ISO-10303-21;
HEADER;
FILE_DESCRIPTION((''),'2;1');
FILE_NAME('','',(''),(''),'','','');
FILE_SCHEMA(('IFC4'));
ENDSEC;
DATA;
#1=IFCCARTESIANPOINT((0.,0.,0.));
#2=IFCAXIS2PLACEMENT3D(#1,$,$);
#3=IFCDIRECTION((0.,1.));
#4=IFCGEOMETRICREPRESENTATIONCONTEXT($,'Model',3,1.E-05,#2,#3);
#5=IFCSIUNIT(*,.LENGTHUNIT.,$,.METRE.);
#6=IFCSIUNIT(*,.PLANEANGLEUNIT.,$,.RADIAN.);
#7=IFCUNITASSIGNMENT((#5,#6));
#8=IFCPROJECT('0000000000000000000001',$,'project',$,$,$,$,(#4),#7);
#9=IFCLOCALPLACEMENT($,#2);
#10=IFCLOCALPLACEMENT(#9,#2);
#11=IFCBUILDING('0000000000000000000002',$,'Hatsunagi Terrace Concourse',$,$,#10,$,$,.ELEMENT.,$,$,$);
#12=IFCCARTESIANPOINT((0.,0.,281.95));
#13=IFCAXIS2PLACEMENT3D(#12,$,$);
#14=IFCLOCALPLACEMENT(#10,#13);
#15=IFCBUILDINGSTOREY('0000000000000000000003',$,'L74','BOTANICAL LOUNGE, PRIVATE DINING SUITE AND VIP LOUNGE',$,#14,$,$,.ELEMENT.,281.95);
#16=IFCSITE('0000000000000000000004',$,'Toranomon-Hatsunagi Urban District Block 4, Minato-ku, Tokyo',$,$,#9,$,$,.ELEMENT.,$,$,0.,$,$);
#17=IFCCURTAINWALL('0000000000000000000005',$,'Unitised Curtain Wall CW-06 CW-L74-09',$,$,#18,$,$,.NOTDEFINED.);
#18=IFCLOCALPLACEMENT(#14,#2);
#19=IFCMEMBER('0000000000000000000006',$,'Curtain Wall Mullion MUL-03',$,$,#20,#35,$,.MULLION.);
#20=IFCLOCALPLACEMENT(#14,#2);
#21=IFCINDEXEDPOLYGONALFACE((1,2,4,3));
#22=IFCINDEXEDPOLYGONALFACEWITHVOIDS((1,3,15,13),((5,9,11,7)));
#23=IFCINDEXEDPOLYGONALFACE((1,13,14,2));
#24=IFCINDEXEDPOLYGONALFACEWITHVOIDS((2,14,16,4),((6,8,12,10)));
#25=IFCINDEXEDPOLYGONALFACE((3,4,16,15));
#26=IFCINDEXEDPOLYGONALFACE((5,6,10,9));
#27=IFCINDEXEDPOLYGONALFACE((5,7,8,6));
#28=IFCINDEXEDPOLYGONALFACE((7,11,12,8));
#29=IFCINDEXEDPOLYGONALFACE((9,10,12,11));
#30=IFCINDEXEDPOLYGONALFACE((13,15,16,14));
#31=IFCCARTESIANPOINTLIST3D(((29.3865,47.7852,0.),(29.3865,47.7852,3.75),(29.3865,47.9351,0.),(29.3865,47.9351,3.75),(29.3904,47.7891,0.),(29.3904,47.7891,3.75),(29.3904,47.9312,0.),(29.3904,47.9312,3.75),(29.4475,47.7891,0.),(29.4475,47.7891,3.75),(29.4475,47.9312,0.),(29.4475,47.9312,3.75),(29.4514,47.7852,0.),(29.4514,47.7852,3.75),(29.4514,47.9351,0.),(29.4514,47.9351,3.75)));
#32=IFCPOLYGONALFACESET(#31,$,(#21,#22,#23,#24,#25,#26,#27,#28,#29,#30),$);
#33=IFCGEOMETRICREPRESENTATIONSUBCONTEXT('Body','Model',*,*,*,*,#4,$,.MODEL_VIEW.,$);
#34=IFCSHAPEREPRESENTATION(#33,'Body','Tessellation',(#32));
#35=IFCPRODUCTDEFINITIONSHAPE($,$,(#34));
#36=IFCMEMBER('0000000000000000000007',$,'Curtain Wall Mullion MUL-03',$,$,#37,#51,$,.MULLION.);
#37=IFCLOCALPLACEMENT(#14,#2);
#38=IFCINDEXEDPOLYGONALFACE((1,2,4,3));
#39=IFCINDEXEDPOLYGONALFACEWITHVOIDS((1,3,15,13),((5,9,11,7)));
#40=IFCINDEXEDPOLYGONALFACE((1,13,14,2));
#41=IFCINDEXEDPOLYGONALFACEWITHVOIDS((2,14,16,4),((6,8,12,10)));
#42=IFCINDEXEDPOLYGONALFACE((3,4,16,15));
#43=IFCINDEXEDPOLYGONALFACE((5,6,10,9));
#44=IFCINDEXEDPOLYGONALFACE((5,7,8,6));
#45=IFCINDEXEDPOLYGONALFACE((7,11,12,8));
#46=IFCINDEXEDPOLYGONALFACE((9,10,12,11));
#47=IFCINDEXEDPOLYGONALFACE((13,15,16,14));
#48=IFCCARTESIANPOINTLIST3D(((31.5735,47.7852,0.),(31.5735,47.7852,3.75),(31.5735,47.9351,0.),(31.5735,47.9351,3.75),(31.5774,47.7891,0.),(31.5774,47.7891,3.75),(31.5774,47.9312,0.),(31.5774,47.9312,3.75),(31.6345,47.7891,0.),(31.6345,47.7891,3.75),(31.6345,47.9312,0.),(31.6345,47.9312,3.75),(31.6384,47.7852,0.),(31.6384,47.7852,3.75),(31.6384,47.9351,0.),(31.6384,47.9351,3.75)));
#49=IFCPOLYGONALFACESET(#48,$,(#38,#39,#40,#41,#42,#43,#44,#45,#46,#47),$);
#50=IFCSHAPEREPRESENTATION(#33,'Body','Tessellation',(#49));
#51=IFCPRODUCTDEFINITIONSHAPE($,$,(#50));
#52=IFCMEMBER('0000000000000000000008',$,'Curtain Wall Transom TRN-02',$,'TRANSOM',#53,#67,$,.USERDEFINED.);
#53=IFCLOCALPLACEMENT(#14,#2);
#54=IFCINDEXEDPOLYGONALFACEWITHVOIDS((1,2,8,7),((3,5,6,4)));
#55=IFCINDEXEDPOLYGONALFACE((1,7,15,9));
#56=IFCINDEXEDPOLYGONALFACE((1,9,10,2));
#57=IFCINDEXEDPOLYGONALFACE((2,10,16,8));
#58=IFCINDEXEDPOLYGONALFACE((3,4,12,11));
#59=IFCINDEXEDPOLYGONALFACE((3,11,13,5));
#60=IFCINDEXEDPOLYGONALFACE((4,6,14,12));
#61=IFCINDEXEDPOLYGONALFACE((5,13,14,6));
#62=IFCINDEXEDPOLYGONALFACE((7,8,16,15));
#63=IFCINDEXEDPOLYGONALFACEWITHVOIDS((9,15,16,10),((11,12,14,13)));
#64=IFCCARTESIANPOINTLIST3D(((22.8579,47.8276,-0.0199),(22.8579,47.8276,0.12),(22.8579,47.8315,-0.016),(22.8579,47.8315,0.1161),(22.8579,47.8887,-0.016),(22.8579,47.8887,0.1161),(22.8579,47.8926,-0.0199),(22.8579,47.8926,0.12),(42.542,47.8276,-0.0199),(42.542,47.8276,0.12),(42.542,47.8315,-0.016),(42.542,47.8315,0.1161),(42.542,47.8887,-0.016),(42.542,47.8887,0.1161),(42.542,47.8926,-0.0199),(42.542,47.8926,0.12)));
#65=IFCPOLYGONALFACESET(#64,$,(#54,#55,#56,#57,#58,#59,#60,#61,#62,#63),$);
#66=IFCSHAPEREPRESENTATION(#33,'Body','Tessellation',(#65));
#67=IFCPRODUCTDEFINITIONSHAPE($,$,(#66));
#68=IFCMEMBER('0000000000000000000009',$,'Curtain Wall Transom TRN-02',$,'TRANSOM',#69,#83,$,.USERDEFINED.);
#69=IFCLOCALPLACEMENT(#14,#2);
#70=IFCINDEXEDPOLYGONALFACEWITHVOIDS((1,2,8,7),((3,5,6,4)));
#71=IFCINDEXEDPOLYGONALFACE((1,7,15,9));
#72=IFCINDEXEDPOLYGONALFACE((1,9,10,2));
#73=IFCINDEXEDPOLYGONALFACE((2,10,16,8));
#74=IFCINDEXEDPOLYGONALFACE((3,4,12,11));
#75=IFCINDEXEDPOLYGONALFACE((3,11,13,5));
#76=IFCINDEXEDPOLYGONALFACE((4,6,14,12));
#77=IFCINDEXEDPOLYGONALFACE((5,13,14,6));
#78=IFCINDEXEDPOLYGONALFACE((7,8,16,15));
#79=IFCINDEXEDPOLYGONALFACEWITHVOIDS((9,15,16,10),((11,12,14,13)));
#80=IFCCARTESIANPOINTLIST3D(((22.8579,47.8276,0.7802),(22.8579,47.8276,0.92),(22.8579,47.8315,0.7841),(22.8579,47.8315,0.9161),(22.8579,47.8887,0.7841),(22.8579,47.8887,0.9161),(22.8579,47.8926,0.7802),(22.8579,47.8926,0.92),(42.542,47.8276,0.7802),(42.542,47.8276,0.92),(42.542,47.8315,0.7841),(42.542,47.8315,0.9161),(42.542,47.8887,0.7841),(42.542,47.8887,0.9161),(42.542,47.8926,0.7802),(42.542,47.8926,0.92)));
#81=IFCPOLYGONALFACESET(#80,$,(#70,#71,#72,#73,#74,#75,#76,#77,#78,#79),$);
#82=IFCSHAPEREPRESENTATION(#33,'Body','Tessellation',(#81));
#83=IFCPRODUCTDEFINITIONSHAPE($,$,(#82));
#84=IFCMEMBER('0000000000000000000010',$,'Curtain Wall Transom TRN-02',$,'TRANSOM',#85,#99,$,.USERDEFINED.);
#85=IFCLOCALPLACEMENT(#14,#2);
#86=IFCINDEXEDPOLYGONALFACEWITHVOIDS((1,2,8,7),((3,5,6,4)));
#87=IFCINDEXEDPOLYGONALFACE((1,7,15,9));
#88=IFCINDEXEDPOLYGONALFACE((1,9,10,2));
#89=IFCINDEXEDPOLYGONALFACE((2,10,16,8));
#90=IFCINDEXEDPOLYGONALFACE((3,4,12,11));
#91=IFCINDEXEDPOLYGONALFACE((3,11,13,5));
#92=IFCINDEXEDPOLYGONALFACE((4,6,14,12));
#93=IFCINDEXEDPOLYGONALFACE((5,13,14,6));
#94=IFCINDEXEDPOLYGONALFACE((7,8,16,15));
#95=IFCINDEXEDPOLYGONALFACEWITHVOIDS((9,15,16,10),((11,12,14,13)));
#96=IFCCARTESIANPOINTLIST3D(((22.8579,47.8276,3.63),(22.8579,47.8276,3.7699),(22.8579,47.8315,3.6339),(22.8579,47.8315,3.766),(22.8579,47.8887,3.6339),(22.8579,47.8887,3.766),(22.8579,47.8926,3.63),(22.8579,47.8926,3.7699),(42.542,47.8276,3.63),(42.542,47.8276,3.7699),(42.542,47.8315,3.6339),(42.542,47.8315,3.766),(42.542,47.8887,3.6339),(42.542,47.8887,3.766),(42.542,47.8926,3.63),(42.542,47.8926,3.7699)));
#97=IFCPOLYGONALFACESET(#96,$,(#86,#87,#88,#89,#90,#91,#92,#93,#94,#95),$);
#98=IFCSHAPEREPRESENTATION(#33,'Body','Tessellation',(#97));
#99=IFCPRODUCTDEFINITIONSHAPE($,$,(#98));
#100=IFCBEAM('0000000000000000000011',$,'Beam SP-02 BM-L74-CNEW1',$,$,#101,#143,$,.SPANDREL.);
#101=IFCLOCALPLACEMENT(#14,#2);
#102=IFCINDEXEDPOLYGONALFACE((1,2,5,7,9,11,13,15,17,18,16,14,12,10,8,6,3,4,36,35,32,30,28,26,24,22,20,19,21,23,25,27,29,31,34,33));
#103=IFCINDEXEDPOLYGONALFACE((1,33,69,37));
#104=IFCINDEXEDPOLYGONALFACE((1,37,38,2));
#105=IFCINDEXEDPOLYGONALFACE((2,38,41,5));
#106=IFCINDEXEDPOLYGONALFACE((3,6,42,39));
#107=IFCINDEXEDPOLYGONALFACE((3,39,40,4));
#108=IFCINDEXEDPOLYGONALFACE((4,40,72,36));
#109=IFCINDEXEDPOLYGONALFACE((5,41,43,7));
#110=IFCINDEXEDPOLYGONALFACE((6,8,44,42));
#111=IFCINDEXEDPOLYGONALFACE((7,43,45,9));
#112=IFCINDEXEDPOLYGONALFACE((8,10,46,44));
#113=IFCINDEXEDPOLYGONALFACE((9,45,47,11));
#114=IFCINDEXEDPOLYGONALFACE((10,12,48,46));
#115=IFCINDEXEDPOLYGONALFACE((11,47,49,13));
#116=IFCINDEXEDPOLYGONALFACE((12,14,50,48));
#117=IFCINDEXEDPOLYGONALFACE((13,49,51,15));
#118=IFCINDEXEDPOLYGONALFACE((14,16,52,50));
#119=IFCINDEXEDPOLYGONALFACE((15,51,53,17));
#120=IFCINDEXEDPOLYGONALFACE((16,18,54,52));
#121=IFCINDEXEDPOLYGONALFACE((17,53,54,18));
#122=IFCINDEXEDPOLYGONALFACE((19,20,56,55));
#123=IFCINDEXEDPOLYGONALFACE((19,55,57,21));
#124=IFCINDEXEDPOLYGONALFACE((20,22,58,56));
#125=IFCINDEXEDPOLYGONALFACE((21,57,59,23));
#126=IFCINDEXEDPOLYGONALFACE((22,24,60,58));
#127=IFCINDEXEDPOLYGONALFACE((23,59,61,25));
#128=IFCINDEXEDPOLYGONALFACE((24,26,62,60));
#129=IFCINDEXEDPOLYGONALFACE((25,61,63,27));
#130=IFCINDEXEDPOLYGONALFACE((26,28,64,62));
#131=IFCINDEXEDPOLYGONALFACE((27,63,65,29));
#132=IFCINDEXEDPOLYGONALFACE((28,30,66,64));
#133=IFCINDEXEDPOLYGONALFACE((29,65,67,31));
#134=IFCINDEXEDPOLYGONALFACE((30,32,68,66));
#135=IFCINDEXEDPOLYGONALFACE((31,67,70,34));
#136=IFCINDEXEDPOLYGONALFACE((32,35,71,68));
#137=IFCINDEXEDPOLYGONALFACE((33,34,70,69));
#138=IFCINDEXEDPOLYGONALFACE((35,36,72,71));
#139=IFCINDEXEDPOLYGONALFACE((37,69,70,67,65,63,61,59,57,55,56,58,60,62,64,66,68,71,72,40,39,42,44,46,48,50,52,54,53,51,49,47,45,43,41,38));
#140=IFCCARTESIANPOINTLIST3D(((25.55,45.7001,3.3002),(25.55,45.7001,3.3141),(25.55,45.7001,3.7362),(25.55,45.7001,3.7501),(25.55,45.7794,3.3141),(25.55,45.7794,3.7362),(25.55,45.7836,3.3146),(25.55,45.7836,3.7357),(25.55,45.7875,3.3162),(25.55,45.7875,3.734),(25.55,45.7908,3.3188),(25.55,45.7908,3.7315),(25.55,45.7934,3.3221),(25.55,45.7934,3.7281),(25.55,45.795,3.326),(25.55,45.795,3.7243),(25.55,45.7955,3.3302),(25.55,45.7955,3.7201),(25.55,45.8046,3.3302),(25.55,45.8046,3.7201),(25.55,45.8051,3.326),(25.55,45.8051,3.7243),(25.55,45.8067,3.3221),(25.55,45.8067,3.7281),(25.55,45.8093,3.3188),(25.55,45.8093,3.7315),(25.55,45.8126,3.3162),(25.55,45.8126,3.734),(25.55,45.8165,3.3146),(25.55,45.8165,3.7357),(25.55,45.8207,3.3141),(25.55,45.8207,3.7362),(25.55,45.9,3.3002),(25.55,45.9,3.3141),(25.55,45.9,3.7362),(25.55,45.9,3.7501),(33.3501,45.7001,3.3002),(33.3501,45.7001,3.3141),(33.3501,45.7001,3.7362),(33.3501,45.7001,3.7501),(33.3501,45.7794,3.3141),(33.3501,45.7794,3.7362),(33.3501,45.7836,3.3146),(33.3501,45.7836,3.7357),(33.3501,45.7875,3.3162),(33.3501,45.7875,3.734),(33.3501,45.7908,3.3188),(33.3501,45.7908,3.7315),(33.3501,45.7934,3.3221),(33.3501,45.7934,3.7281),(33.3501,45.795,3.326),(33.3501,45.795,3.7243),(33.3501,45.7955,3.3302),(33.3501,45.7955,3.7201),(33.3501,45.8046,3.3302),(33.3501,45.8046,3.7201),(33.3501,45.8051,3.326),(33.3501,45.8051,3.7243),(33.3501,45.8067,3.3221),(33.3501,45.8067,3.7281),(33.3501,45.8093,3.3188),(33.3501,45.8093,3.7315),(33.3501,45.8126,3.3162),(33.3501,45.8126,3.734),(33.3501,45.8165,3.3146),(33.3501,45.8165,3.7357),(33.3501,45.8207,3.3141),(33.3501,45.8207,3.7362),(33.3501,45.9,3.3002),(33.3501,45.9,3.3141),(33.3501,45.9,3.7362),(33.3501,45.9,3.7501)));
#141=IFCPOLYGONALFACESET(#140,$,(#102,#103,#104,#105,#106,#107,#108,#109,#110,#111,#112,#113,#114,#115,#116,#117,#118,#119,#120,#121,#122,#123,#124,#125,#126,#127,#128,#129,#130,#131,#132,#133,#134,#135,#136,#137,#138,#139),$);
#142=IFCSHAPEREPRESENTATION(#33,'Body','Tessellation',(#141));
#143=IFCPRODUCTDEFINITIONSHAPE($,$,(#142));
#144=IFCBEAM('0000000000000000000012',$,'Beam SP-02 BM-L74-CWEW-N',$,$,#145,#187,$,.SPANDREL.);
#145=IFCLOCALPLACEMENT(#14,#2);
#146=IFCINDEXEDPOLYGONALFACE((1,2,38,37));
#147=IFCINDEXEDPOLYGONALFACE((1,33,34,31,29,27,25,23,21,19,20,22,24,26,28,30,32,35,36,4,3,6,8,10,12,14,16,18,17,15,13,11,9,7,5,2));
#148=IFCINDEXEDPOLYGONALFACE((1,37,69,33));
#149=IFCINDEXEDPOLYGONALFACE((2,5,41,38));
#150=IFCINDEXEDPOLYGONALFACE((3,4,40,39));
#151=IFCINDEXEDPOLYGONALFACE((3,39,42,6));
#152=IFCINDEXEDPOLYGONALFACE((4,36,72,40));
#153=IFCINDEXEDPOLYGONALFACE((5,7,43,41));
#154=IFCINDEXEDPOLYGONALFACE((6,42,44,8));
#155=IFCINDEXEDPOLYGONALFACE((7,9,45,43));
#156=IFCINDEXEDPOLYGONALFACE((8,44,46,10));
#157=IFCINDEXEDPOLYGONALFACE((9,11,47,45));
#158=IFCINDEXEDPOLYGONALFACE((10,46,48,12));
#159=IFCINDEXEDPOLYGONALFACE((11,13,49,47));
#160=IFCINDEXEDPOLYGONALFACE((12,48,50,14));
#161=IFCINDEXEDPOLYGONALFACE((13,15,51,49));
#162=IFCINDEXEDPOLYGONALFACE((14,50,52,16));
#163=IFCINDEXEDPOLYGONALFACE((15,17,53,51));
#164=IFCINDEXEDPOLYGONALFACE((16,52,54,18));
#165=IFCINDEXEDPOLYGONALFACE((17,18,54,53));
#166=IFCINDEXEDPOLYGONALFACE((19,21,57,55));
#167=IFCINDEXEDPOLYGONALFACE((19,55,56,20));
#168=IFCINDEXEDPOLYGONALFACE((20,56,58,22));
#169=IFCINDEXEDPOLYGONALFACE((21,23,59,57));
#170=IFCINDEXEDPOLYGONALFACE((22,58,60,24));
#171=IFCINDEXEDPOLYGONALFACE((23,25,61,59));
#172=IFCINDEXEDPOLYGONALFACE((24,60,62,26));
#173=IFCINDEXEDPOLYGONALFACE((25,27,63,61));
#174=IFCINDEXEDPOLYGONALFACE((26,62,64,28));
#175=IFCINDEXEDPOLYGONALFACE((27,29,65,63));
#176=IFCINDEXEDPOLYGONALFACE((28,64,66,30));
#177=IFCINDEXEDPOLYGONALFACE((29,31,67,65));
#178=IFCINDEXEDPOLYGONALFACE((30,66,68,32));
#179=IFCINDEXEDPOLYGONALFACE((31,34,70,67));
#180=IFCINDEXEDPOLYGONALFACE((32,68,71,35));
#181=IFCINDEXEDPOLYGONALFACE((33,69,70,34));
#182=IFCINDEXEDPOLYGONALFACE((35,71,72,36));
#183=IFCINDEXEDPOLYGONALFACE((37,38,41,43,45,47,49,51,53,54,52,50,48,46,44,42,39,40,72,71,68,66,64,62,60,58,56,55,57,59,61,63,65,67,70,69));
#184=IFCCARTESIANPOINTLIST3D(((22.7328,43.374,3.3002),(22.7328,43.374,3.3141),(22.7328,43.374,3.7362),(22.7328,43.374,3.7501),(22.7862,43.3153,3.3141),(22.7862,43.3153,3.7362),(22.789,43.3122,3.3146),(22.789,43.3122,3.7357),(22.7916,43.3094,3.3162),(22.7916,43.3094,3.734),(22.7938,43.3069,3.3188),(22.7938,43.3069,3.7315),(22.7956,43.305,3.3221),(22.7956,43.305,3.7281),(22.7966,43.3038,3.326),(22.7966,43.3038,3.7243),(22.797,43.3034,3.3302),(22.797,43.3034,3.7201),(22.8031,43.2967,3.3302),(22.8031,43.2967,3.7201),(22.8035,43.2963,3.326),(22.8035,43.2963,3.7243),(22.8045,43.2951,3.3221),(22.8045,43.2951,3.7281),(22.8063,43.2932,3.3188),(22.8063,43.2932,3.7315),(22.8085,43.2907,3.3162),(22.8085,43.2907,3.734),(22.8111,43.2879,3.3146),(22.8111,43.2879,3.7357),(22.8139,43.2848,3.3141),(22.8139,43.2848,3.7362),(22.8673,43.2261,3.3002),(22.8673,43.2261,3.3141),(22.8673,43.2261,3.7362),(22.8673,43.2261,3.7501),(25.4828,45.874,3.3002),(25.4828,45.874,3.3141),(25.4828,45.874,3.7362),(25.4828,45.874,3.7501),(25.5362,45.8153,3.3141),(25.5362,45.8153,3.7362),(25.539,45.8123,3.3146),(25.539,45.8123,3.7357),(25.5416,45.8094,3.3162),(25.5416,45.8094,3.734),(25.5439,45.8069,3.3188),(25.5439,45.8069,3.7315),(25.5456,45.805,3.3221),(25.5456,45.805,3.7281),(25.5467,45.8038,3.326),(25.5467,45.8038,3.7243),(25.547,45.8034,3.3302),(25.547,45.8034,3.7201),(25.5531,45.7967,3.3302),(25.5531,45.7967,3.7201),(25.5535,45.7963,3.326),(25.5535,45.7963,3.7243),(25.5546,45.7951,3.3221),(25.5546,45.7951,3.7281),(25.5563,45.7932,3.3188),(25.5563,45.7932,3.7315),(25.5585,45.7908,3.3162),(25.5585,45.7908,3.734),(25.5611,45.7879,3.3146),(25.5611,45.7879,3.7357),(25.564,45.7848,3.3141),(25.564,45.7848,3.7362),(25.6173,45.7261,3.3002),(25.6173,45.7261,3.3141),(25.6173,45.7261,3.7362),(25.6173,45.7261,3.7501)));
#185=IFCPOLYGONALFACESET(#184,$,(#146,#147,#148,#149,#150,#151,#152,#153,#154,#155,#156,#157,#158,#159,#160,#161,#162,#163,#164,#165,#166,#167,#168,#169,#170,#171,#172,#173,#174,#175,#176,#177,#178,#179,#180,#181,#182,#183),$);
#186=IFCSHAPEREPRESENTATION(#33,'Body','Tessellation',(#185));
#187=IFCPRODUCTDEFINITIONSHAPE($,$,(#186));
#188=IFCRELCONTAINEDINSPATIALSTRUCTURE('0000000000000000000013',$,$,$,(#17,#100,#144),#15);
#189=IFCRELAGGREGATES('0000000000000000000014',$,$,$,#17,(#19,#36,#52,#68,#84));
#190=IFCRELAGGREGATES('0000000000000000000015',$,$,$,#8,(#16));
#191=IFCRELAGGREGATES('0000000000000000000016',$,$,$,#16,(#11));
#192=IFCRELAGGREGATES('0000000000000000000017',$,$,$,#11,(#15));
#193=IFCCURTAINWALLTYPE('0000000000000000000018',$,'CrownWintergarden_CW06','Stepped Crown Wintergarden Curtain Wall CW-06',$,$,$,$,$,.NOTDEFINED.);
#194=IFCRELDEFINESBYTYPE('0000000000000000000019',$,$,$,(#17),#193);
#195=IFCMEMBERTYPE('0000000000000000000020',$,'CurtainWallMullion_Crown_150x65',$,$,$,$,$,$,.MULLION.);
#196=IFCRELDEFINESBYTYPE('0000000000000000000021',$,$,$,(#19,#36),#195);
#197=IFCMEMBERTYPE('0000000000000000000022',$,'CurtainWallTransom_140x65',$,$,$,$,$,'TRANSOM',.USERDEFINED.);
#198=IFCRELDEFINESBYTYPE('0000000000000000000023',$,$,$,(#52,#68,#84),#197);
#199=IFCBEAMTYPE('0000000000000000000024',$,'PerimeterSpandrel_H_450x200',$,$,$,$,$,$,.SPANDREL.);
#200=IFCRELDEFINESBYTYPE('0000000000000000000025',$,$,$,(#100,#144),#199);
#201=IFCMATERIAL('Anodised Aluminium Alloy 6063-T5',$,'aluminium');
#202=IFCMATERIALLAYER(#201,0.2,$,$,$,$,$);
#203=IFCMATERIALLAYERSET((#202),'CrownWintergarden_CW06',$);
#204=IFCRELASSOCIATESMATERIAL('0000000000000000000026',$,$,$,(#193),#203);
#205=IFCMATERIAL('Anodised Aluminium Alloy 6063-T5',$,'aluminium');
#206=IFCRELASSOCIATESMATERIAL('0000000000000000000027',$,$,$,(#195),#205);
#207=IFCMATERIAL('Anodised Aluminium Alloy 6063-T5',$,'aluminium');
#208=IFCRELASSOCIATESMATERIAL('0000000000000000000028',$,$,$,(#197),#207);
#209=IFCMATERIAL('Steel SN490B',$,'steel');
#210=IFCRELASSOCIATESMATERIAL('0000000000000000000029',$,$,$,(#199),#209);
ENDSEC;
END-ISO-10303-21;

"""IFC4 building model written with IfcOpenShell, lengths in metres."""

from ifc_helpers import new_model, si_unit, direction, frame, origin, origin_2d, place, context, subcontext, project, spatial, hollow_rectangle, i_section, extrude, material, layer, layer_set, material_profile, profile_set, type_object, element, aggregate, save


model = new_model("IFC4")

# Units and contexts
model_context = context("Model", 3, precision=1e-05, world=origin(), true_north=direction((0.0, 1.0)))
body_context = subcontext(model_context, "Body", "Model", "MODEL_VIEW")
ifc_project = project(units=[si_unit("LENGTHUNIT", "METRE"), si_unit("PLANEANGLEUNIT", "RADIAN")], contexts=[model_context])

# Site, building, storey
site_placement = place(None, origin())
site = spatial("IfcSite", under=ifc_project, at=site_placement, Name="Toranomon-Hatsunagi Urban District Block 4, Minato-ku, Tokyo", CompositionType="ELEMENT", RefElevation=0.0)
building_placement = place(site_placement, origin())
building = spatial("IfcBuilding", under=site, at=building_placement, Name="Hatsunagi Terrace Concourse", CompositionType="ELEMENT")
storey_placement = place(building_placement, frame((0.0, 0.0, 281.95)))
storey = spatial("IfcBuildingStorey", under=building, at=storey_placement, Name="L74", Description="BOTANICAL LOUNGE, PRIVATE DINING SUITE AND VIP LOUNGE", CompositionType="ELEMENT", Elevation=281.95)

# Curtain wall, members
ifc_material_1 = material(Name="Anodised Aluminium Alloy 6063-T5", Category="aluminium")
ifc_layer_1 = layer(ifc_material_1, 0.2)
ifc_layer_set_1 = layer_set([ifc_layer_1], Name="CrownWintergarden_CW06")
curtain_wall_type = type_object("IfcCurtainWallType", Name="CrownWintergarden_CW06", Description="Stepped Crown Wintergarden Curtain Wall CW-06", PredefinedType="NOTDEFINED", material=ifc_layer_set_1)
ifc_material_2 = material(Name="Anodised Aluminium Alloy 6063-T5", Category="aluminium")
ifc_material_profile_1 = material_profile(ifc_material_2, hollow_rectangle(XDim=0.0649, YDim=0.1499, WallThickness=0.0039, at=origin_2d()), Name="ALU-MUL-150x65x4")
ifc_profile_set_1 = profile_set([ifc_material_profile_1], Name="Anodised Aluminium Alloy 6063-T5")
member_type_1 = type_object("IfcMemberType", Name="CurtainWallMullion_Crown_150x65", PredefinedType="MULLION", material=ifc_profile_set_1)
curtain_wall_1_placement = place(storey_placement, origin())
curtain_wall_1 = element("IfcCurtainWall", 1, at=curtain_wall_1_placement, inside=storey, type_object=curtain_wall_type, Name="Unitised Curtain Wall CW-06 CW-L74-09", PredefinedType="NOTDEFINED")
member_1_placement = place(storey_placement, frame((29.4189, 47.8601, 0.0), z_axis=(0.0, 0.0, 1.0), x_axis=(1.0, 0.0, 0.0)))
member_1 = element("IfcMember", 2, at=member_1_placement, type_object=member_type_1, Name="Curtain Wall Mullion MUL-03", PredefinedType="MULLION", context=body_context, shape_type="SweptSolid", body=[
    extrude(hollow_rectangle(XDim=0.0649, YDim=0.1499, WallThickness=0.0039, at=origin_2d()), origin(), (0.0, 0.0, 1.0), 3.75),
])
member_2_placement = place(storey_placement, frame((31.606, 47.8601, 0.0), z_axis=(0.0, 0.0, 1.0), x_axis=(1.0, 0.0, 0.0)))
member_2 = element("IfcMember", 3, at=member_2_placement, type_object=member_type_1, Name="Curtain Wall Mullion MUL-03", PredefinedType="MULLION", context=body_context, shape_type="SweptSolid", body=[
    extrude(hollow_rectangle(XDim=0.0649, YDim=0.1499, WallThickness=0.0039, at=origin_2d()), origin(), (0.0, 0.0, 1.0), 3.75),
])
ifc_material_3 = material(Name="Anodised Aluminium Alloy 6063-T5", Category="aluminium")
ifc_material_profile_2 = material_profile(ifc_material_3, hollow_rectangle(XDim=0.0649, YDim=0.1399, WallThickness=0.0039, at=origin_2d()), Name="ALU-TRN-140x65x4")
ifc_profile_set_2 = profile_set([ifc_material_profile_2], Name="Anodised Aluminium Alloy 6063-T5")
member_type_2 = type_object("IfcMemberType", Name="CurtainWallTransom_140x65", ElementType="TRANSOM", PredefinedType="USERDEFINED", material=ifc_profile_set_2)
member_3_placement = place(storey_placement, frame((22.8579, 47.8601, 0.05), z_axis=(1.0, 0.0, 0.0), x_axis=(0.0, 1.0, 0.0)))
member_3 = element("IfcMember", 4, at=member_3_placement, type_object=member_type_2, Name="Curtain Wall Transom TRN-02", ObjectType="TRANSOM", PredefinedType="USERDEFINED", context=body_context, shape_type="SweptSolid", body=[
    extrude(hollow_rectangle(XDim=0.0649, YDim=0.1399, WallThickness=0.0039, at=origin_2d()), origin(), (0.0, 0.0, 1.0), 19.6841),
])
member_4_placement = place(storey_placement, frame((22.8579, 47.8601, 0.8501), z_axis=(1.0, 0.0, 0.0), x_axis=(0.0, 1.0, 0.0)))
member_4 = element("IfcMember", 5, at=member_4_placement, type_object=member_type_2, Name="Curtain Wall Transom TRN-02", ObjectType="TRANSOM", PredefinedType="USERDEFINED", context=body_context, shape_type="SweptSolid", body=[
    extrude(hollow_rectangle(XDim=0.0649, YDim=0.1399, WallThickness=0.0039, at=origin_2d()), origin(), (0.0, 0.0, 1.0), 19.6841),
])
member_5_placement = place(storey_placement, frame((22.8579, 47.8601, 3.7), z_axis=(1.0, 0.0, 0.0), x_axis=(0.0, 1.0, 0.0)))
member_5 = element("IfcMember", 6, at=member_5_placement, type_object=member_type_2, Name="Curtain Wall Transom TRN-02", ObjectType="TRANSOM", PredefinedType="USERDEFINED", context=body_context, shape_type="SweptSolid", body=[
    extrude(hollow_rectangle(XDim=0.0649, YDim=0.1399, WallThickness=0.0039, at=origin_2d()), origin(), (0.0, 0.0, 1.0), 19.6841),
])

# Beams
ifc_material_4 = material(Name="Steel SN490B", Category="steel")
ifc_material_profile_3 = material_profile(ifc_material_4, i_section(OverallWidth=0.2, OverallDepth=0.45, WebThickness=0.009, FlangeThickness=0.0139, FilletRadius=0.0161, at=origin_2d()), Name="H-450x200x9x14")
ifc_profile_set_3 = profile_set([ifc_material_profile_3], Name="Steel SN490B")
beam_type_1 = type_object("IfcBeamType", Name="PerimeterSpandrel_H_450x200", PredefinedType="SPANDREL", material=ifc_profile_set_3)
beam_1_placement = place(storey_placement, frame((25.55, 45.8, 3.5251), z_axis=(1.0, 0.0, 0.0), x_axis=(0.0, 1.0, 0.0)))
element("IfcBeam", 7, at=beam_1_placement, inside=storey, type_object=beam_type_1, Name="Beam SP-02 BM-L74-CNEW1", PredefinedType="SPANDREL", context=body_context, shape_type="SweptSolid", body=[
    extrude(i_section(OverallWidth=0.2, OverallDepth=0.45, WebThickness=0.009, FlangeThickness=0.0139, FilletRadius=0.0161, at=origin_2d()), origin(), (0.0, 0.0, 1.0), 7.8),
])
beam_2_placement = place(storey_placement, frame((22.8, 43.3, 3.5251), z_axis=(0.73994, 0.672673, 0.0), x_axis=(-0.672673, 0.73994, 0.0)))
element("IfcBeam", 8, at=beam_2_placement, inside=storey, type_object=beam_type_1, Name="Beam SP-02 BM-L74-CWEW-N", PredefinedType="SPANDREL", context=body_context, shape_type="SweptSolid", body=[
    extrude(i_section(OverallWidth=0.2, OverallDepth=0.45, WebThickness=0.009, FlangeThickness=0.0139, FilletRadius=0.0161, at=origin_2d()), origin(), (0.0, 0.0, 1.0), 3.7166),
])

aggregate(curtain_wall_1, [member_1, member_2, member_3, member_4, member_5])

save(model, "model.ifc")
